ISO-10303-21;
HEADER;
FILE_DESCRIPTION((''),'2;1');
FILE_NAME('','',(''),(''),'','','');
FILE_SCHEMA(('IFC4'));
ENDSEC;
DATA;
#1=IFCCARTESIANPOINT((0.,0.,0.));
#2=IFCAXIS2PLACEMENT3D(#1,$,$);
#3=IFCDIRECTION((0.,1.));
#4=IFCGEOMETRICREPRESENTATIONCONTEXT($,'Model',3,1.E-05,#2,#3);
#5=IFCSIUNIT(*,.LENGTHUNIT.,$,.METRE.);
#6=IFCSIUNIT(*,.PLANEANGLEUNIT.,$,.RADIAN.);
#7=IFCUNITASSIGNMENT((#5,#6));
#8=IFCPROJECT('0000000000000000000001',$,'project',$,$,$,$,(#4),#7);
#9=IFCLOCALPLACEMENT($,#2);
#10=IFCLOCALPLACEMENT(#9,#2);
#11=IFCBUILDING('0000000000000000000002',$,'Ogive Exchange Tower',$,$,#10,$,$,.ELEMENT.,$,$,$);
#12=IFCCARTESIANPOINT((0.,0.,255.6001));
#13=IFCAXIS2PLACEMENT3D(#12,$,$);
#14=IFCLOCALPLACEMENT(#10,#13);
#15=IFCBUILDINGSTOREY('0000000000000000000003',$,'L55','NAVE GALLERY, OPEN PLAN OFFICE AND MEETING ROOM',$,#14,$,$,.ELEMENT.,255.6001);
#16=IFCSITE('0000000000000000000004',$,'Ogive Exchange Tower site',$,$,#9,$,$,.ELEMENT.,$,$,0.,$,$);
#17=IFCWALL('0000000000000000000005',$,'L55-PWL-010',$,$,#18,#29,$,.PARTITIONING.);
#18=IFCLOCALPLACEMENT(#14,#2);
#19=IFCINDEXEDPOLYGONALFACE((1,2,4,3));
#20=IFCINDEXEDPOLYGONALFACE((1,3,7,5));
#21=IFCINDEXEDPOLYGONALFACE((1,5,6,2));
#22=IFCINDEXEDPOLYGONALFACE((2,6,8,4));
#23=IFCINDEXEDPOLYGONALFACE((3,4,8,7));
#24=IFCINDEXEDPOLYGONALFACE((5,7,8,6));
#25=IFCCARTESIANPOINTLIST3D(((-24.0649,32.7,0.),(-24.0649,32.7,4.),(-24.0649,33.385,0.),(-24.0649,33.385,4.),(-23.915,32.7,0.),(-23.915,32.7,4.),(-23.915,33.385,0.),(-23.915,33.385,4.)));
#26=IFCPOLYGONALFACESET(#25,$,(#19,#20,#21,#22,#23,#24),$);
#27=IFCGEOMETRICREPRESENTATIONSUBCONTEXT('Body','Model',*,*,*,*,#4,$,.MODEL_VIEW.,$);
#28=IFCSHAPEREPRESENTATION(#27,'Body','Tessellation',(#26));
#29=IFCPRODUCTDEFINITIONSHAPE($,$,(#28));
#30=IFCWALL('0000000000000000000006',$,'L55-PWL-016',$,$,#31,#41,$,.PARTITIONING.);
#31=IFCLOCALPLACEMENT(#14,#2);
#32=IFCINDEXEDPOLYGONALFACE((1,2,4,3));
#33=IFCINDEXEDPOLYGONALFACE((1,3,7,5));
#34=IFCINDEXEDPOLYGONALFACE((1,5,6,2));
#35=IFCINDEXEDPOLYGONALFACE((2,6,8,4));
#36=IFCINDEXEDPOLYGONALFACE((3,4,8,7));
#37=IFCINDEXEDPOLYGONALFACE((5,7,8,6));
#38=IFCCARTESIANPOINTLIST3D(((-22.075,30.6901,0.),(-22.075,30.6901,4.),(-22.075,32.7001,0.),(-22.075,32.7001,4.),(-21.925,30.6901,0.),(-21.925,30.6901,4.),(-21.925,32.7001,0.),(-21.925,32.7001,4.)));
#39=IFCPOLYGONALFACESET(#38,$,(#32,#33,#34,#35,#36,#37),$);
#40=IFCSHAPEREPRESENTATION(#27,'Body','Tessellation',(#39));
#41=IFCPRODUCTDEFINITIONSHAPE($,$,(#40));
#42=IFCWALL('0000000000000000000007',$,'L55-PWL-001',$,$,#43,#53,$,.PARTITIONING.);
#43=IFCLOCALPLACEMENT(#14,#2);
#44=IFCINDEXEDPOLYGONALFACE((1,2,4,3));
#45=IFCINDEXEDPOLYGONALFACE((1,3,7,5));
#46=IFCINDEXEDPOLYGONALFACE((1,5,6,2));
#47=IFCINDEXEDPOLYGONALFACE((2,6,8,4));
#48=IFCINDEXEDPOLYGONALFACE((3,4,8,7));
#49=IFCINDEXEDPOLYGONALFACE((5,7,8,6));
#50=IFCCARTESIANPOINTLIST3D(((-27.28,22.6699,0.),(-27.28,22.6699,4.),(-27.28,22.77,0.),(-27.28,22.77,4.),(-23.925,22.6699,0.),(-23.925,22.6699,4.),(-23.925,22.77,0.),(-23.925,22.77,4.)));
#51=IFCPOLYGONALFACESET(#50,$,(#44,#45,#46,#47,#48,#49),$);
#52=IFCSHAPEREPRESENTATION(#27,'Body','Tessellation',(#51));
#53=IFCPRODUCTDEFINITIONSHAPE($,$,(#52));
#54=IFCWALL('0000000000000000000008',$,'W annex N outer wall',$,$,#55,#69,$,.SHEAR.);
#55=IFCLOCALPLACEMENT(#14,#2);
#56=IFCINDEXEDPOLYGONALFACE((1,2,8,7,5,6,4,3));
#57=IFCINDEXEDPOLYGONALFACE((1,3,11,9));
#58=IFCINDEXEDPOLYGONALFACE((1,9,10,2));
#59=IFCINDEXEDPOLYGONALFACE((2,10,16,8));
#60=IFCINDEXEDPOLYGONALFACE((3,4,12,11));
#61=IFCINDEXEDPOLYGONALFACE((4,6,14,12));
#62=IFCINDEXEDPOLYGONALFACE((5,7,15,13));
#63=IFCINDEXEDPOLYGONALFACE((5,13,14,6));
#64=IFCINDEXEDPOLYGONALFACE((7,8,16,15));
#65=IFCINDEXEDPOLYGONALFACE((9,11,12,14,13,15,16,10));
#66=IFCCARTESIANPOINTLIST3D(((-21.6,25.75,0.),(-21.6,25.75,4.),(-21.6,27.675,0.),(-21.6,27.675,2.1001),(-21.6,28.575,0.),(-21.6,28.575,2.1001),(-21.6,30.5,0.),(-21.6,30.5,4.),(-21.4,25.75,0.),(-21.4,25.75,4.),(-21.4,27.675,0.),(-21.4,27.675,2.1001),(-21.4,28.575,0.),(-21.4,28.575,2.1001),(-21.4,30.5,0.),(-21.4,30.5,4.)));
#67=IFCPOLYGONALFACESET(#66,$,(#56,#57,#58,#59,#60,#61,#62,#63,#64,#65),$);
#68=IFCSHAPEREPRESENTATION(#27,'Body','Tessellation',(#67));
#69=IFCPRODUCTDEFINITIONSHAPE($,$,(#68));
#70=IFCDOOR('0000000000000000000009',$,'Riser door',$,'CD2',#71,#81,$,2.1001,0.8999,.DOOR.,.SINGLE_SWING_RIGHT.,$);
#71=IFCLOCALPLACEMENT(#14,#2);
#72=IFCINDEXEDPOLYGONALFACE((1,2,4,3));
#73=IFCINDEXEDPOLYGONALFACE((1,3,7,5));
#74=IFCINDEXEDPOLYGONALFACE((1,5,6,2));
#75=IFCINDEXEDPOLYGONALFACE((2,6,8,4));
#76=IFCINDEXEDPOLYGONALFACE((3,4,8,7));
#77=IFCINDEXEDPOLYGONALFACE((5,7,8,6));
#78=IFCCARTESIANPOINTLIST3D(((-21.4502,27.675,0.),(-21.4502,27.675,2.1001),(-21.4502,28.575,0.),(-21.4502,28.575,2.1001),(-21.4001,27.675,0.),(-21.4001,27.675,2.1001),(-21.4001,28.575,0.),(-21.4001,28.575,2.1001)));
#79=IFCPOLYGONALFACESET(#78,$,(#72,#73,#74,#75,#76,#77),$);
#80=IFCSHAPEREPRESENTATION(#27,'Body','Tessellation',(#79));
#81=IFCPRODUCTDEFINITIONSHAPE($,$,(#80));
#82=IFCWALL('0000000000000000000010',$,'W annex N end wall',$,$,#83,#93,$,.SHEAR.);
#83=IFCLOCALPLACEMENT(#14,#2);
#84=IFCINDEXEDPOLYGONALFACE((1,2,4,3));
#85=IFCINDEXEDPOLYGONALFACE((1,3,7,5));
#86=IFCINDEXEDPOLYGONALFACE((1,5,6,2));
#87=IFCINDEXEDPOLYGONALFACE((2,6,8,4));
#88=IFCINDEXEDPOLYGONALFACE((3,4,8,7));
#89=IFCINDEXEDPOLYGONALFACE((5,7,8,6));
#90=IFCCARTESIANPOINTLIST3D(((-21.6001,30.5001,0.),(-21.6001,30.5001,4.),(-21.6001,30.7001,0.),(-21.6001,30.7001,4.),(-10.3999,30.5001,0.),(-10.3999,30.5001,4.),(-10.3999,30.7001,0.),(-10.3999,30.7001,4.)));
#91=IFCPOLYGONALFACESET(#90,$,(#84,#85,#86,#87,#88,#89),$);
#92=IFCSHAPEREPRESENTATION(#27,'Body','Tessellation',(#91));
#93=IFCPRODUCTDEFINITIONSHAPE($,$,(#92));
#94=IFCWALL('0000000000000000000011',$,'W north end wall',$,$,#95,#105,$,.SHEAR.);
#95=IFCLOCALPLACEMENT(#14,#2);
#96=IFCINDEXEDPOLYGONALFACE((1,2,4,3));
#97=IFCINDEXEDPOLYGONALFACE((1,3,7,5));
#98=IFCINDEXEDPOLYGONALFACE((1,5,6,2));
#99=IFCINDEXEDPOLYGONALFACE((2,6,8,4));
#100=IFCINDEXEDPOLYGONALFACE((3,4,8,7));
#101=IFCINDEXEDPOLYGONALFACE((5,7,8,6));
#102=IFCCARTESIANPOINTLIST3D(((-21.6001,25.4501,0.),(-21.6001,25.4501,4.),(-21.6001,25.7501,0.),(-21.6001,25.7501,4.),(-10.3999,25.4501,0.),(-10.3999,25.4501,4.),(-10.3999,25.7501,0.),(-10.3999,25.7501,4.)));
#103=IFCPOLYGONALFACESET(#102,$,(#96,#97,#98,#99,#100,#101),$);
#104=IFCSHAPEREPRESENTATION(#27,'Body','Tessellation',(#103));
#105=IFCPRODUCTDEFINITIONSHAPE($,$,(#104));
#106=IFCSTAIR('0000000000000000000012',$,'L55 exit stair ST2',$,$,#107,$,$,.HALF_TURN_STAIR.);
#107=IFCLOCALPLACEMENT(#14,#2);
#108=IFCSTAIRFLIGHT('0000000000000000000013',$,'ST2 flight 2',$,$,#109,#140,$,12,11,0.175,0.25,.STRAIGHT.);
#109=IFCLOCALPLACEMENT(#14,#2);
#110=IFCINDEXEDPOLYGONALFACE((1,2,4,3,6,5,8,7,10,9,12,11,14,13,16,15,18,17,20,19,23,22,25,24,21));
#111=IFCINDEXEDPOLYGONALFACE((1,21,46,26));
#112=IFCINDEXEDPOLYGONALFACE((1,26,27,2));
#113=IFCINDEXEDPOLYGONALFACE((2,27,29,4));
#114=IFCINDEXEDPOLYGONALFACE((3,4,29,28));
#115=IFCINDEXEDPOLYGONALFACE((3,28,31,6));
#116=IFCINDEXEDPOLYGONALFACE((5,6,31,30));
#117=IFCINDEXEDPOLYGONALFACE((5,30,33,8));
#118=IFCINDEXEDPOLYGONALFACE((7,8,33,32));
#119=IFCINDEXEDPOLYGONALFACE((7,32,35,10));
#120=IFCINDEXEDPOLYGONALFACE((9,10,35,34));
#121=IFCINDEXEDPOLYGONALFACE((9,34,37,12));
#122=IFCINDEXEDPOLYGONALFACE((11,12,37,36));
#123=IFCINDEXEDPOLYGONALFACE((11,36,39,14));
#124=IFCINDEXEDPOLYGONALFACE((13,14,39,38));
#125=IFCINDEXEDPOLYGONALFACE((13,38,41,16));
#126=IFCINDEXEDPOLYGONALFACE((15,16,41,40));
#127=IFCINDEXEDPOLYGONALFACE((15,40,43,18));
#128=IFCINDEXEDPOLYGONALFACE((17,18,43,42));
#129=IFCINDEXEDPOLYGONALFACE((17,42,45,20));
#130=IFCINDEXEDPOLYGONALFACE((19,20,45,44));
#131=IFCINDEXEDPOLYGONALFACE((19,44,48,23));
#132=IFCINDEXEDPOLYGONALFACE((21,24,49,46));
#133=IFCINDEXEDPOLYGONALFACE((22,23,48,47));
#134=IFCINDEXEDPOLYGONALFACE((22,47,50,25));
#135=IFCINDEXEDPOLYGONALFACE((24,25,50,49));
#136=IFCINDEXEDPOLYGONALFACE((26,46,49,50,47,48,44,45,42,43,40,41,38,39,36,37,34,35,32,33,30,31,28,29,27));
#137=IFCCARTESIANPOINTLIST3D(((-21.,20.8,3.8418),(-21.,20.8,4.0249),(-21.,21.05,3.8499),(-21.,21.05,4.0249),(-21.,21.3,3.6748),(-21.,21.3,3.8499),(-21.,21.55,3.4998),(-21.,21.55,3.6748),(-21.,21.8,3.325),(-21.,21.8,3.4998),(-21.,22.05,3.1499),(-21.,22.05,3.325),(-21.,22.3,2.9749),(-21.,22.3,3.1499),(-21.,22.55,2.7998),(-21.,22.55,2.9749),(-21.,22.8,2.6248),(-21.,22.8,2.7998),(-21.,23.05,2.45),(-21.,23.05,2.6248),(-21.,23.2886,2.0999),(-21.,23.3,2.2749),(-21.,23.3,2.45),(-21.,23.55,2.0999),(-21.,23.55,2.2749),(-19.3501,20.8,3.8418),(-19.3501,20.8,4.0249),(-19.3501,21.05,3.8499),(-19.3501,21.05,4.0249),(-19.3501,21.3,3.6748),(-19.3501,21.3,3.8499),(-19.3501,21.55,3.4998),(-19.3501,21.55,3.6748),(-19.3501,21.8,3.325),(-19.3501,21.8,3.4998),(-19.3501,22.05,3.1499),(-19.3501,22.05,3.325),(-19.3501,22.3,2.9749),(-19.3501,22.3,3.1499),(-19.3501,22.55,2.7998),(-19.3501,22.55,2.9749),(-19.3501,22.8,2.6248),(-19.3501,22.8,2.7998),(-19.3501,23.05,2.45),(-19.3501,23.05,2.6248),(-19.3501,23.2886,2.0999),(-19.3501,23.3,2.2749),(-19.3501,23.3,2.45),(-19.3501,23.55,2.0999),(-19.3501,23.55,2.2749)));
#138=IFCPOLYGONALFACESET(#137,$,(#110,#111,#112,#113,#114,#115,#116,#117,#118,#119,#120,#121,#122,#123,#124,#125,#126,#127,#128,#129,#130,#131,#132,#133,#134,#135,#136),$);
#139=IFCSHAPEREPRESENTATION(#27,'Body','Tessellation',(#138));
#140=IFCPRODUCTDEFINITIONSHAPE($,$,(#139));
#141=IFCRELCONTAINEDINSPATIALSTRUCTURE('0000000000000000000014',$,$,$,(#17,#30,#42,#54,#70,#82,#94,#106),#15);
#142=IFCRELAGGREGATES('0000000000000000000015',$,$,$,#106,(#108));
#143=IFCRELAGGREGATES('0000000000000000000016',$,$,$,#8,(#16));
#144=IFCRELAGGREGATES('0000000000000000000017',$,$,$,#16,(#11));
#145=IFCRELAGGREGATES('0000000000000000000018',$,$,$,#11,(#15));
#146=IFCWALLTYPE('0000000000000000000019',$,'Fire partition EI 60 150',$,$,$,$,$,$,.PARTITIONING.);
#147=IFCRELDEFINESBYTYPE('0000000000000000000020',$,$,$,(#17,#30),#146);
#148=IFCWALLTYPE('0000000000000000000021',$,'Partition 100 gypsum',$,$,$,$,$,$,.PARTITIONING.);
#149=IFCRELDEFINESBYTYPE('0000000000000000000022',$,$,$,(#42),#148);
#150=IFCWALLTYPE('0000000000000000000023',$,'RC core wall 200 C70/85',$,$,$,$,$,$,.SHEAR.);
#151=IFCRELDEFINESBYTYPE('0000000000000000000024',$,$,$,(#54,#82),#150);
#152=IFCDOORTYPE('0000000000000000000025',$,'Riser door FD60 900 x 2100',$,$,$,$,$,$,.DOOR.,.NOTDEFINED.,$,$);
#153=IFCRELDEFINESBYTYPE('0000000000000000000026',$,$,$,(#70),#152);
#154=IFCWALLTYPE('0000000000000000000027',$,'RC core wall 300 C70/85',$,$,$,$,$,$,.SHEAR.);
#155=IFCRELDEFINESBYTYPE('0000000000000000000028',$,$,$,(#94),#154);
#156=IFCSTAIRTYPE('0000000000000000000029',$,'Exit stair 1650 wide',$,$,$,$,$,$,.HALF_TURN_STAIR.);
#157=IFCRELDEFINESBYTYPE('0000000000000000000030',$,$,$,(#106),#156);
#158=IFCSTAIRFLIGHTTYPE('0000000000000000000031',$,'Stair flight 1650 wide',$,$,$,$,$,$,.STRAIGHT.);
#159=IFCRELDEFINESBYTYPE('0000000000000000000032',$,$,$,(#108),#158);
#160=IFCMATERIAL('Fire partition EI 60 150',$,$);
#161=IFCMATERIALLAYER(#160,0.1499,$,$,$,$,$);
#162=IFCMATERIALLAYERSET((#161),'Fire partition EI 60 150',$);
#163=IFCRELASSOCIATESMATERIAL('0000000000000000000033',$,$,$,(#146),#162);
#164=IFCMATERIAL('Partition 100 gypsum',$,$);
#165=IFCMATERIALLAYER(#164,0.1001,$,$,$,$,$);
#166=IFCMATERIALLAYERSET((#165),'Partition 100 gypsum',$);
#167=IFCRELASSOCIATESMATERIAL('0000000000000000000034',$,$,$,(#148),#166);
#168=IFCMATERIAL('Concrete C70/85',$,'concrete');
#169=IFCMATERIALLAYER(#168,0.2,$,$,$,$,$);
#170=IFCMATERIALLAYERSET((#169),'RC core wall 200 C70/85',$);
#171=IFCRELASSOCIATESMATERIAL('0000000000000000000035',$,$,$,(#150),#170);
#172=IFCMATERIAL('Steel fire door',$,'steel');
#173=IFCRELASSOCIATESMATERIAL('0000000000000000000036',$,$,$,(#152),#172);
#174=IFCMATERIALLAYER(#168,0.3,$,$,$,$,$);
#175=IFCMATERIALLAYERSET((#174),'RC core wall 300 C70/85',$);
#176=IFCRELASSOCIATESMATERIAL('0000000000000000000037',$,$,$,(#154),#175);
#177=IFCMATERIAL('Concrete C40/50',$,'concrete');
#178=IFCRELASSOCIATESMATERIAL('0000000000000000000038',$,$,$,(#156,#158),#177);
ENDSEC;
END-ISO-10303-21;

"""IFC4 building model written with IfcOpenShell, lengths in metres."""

from ifc_helpers import new_model, si_unit, direction, frame, frame_2d, origin, place, context, subcontext, project, spatial, polyline, rectangle, outline, extrude, material, layer, layer_set, type_object, element, fill, aggregate, save


model = new_model("IFC4")

# Units and contexts
model_context = context("Model", 3, precision=1e-05, world=origin(), true_north=direction((0.0, 1.0)))
body_context = subcontext(model_context, "Body", "Model", "MODEL_VIEW")
ifc_project = project(units=[si_unit("LENGTHUNIT", "METRE"), si_unit("PLANEANGLEUNIT", "RADIAN")], contexts=[model_context])

# Site, building, storey
site_placement = place(None, origin())
site = spatial("IfcSite", under=ifc_project, at=site_placement, Name="Ogive Exchange Tower site", CompositionType="ELEMENT", RefElevation=0.0)
building_placement = place(site_placement, origin())
building = spatial("IfcBuilding", under=site, at=building_placement, Name="Ogive Exchange Tower", CompositionType="ELEMENT")
storey_placement = place(building_placement, frame((0.0, 0.0, 255.6001)))
storey = spatial("IfcBuildingStorey", under=building, at=storey_placement, Name="L55", Description="NAVE GALLERY, OPEN PLAN OFFICE AND MEETING ROOM", CompositionType="ELEMENT", Elevation=255.6001)

# Shared definitions
ifc_material_1 = material(Name="Fire partition EI 60 150")
ifc_layer_1 = layer(ifc_material_1, 0.1499)
ifc_layer_set_1 = layer_set([ifc_layer_1], Name="Fire partition EI 60 150")
wall_type_1 = type_object("IfcWallType", Name="Fire partition EI 60 150", PredefinedType="PARTITIONING", material=ifc_layer_set_1)

# Walls
wall_1_placement = place(storey_placement, frame((-23.99, 32.7, 0.0), z_axis=(0.0, 0.0, 1.0), x_axis=(0.0, 1.0, 0.0)))
element("IfcWall", 1, at=wall_1_placement, inside=storey, type_object=wall_type_1, Name="L55-PWL-010", PredefinedType="PARTITIONING", context=body_context, shape_type="SweptSolid", body=[
    extrude(rectangle(XDim=0.6851, YDim=0.1499, at=frame_2d((0.3425, 0.0))), origin(), (0.0, 0.0, 1.0), 4.0),
])
wall_2_placement = place(storey_placement, frame((-22.0, 32.7, 0.0), z_axis=(0.0, 0.0, 1.0), x_axis=(0.0, -1.0, 0.0)))
element("IfcWall", 2, at=wall_2_placement, inside=storey, type_object=wall_type_1, Name="L55-PWL-016", PredefinedType="PARTITIONING", context=body_context, shape_type="SweptSolid", body=[
    extrude(rectangle(XDim=2.01, YDim=0.1499, at=frame_2d((1.0049, 0.0))), origin(), (0.0, 0.0, 1.0), 4.0),
])
ifc_material_2 = material(Name="Partition 100 gypsum")
ifc_layer_2 = layer(ifc_material_2, 0.1001)
ifc_layer_set_2 = layer_set([ifc_layer_2], Name="Partition 100 gypsum")
wall_type_2 = type_object("IfcWallType", Name="Partition 100 gypsum", PredefinedType="PARTITIONING", material=ifc_layer_set_2)
wall_3_placement = place(storey_placement, frame((-27.28, 22.72, 0.0), z_axis=(0.0, 0.0, 1.0), x_axis=(1.0, 0.0, 0.0)))
element("IfcWall", 3, at=wall_3_placement, inside=storey, type_object=wall_type_2, Name="L55-PWL-001", PredefinedType="PARTITIONING", context=body_context, shape_type="SweptSolid", body=[
    extrude(rectangle(XDim=3.355, YDim=0.1001, at=frame_2d((1.6775, 0.0))), origin(), (0.0, 0.0, 1.0), 4.0),
])

# Wall, opening, door
ifc_material_3 = material(Name="Concrete C70/85", Category="concrete")
ifc_layer_3 = layer(ifc_material_3, 0.2)
ifc_layer_set_3 = layer_set([ifc_layer_3], Name="RC core wall 200 C70/85")
wall_type_3 = type_object("IfcWallType", Name="RC core wall 200 C70/85", PredefinedType="SHEAR", material=ifc_layer_set_3)
wall_4_placement = place(storey_placement, frame((-21.5, 25.75, 0.0), z_axis=(0.0, 0.0, 1.0), x_axis=(0.0, 1.0, 0.0)))
wall_4 = element("IfcWall", 4, at=wall_4_placement, inside=storey, type_object=wall_type_3, Name="W annex N outer wall", PredefinedType="SHEAR", context=body_context, shape_type="SweptSolid", body=[
    extrude(rectangle(XDim=4.75, YDim=0.2, at=frame_2d((2.375, 0.0))), origin(), (0.0, 0.0, 1.0), 4.0),
])
opening_1_placement = place(wall_4_placement, frame((1.925, 0.0, 0.0)))
opening_1 = element("IfcOpeningElement", 5, at=opening_1_placement, cuts=wall_4, PredefinedType="OPENING", context=body_context, shape_type="SweptSolid", body=[
    extrude(rectangle(XDim=0.8999, YDim=2.1001, at=frame_2d((0.45, 1.05))), frame((0.0, 0.1099, 0.0), z_axis=(0.0, -1.0, 0.0), x_axis=(1.0, 0.0, 0.0)), (0.0, 0.0, 1.0), 0.22),
])
ifc_material_4 = material(Name="Steel fire door", Category="steel")
door_type_1 = type_object("IfcDoorType", Name="Riser door FD60 900 x 2100", OperationType="NOTDEFINED", PredefinedType="DOOR", material=ifc_material_4)
door_1_placement = place(opening_1_placement, origin())
door_1 = element("IfcDoor", 6, at=door_1_placement, inside=storey, type_object=door_type_1, Name="Riser door", ObjectType="CD2", OperationType="SINGLE_SWING_RIGHT", OverallHeight=2.1001, OverallWidth=0.8999, PredefinedType="DOOR", context=body_context, shape_type="SweptSolid", body=[
    extrude(rectangle(XDim=0.8999, YDim=2.1001, at=frame_2d((0.45, 1.05))), frame((0.0, -0.0498, 0.0), z_axis=(0.0, -1.0, 0.0), x_axis=(1.0, 0.0, 0.0)), (0.0, 0.0, 1.0), 0.05),
])
fill(opening_1, door_1)

# Walls
wall_5_placement = place(storey_placement, frame((-21.6001, 30.6001, 0.0), z_axis=(0.0, 0.0, 1.0), x_axis=(1.0, 0.0, 0.0)))
element("IfcWall", 7, at=wall_5_placement, inside=storey, type_object=wall_type_3, Name="W annex N end wall", PredefinedType="SHEAR", context=body_context, shape_type="SweptSolid", body=[
    extrude(rectangle(XDim=11.2002, YDim=0.2, at=frame_2d((5.6001, 0.0))), origin(), (0.0, 0.0, 1.0), 4.0),
])
ifc_layer_4 = layer(ifc_material_3, 0.3)
ifc_layer_set_4 = layer_set([ifc_layer_4], Name="RC core wall 300 C70/85")
wall_type_4 = type_object("IfcWallType", Name="RC core wall 300 C70/85", PredefinedType="SHEAR", material=ifc_layer_set_4)
wall_6_placement = place(storey_placement, frame((-21.6001, 25.6001, 0.0), z_axis=(0.0, 0.0, 1.0), x_axis=(1.0, 0.0, 0.0)))
element("IfcWall", 8, at=wall_6_placement, inside=storey, type_object=wall_type_4, Name="W north end wall", PredefinedType="SHEAR", context=body_context, shape_type="SweptSolid", body=[
    extrude(rectangle(XDim=11.2002, YDim=0.3, at=frame_2d((5.6001, 0.0))), origin(), (0.0, 0.0, 1.0), 4.0),
])

# Stair, stair flight
ifc_material_5 = material(Name="Concrete C40/50", Category="concrete")
stair_type = type_object("IfcStairType", Name="Exit stair 1650 wide", PredefinedType="HALF_TURN_STAIR", material=ifc_material_5)
stair_placement = place(storey_placement, origin())
stair = element("IfcStair", 9, at=stair_placement, inside=storey, type_object=stair_type, Name="L55 exit stair ST2", PredefinedType="HALF_TURN_STAIR")
stair_flight_type = type_object("IfcStairFlightType", Name="Stair flight 1650 wide", PredefinedType="STRAIGHT", material=ifc_material_5)
stair_flight_placement = place(storey_placement, frame((-20.175, 23.55, 2.0999), z_axis=(0.0, 0.0, 1.0), x_axis=(0.0, -1.0, 0.0)))
stair_flight = element("IfcStairFlight", 10, at=stair_flight_placement, type_object=stair_flight_type, Name="ST2 flight 2", NumberOfRisers=12, NumberOfTreads=11, PredefinedType="STRAIGHT", RiserHeight=0.175, TreadLength=0.25, context=body_context, shape_type="SweptSolid", body=[
    extrude(outline(polyline([(0.0, 0.0), (0.0, 0.175), (0.25, 0.175), (0.25, 0.3501), (0.5, 0.3501), (0.5, 0.5249), (0.75, 0.5249), (0.75, 0.7), (1.0, 0.7), (1.0, 0.875), (1.25, 0.875), (1.25, 1.05), (1.5, 1.05), (1.5, 1.2251), (1.75, 1.2251), (1.75, 1.3999), (2.0, 1.3999), (2.0, 1.575), (2.25, 1.575), (2.25, 1.75), (2.5, 1.75), (2.5, 1.925), (2.75, 1.925), (2.75, 2.1001), (2.75, 1.7419), (0.2615, 0.0), (0.0, 0.0)])), frame((0.0, 0.825, 0.0), z_axis=(0.0, -1.0, 0.0), x_axis=(1.0, 0.0, 0.0)), (0.0, 0.0, 1.0), 1.6499),
])
aggregate(stair, [stair_flight])

save(model, "model.ifc")
